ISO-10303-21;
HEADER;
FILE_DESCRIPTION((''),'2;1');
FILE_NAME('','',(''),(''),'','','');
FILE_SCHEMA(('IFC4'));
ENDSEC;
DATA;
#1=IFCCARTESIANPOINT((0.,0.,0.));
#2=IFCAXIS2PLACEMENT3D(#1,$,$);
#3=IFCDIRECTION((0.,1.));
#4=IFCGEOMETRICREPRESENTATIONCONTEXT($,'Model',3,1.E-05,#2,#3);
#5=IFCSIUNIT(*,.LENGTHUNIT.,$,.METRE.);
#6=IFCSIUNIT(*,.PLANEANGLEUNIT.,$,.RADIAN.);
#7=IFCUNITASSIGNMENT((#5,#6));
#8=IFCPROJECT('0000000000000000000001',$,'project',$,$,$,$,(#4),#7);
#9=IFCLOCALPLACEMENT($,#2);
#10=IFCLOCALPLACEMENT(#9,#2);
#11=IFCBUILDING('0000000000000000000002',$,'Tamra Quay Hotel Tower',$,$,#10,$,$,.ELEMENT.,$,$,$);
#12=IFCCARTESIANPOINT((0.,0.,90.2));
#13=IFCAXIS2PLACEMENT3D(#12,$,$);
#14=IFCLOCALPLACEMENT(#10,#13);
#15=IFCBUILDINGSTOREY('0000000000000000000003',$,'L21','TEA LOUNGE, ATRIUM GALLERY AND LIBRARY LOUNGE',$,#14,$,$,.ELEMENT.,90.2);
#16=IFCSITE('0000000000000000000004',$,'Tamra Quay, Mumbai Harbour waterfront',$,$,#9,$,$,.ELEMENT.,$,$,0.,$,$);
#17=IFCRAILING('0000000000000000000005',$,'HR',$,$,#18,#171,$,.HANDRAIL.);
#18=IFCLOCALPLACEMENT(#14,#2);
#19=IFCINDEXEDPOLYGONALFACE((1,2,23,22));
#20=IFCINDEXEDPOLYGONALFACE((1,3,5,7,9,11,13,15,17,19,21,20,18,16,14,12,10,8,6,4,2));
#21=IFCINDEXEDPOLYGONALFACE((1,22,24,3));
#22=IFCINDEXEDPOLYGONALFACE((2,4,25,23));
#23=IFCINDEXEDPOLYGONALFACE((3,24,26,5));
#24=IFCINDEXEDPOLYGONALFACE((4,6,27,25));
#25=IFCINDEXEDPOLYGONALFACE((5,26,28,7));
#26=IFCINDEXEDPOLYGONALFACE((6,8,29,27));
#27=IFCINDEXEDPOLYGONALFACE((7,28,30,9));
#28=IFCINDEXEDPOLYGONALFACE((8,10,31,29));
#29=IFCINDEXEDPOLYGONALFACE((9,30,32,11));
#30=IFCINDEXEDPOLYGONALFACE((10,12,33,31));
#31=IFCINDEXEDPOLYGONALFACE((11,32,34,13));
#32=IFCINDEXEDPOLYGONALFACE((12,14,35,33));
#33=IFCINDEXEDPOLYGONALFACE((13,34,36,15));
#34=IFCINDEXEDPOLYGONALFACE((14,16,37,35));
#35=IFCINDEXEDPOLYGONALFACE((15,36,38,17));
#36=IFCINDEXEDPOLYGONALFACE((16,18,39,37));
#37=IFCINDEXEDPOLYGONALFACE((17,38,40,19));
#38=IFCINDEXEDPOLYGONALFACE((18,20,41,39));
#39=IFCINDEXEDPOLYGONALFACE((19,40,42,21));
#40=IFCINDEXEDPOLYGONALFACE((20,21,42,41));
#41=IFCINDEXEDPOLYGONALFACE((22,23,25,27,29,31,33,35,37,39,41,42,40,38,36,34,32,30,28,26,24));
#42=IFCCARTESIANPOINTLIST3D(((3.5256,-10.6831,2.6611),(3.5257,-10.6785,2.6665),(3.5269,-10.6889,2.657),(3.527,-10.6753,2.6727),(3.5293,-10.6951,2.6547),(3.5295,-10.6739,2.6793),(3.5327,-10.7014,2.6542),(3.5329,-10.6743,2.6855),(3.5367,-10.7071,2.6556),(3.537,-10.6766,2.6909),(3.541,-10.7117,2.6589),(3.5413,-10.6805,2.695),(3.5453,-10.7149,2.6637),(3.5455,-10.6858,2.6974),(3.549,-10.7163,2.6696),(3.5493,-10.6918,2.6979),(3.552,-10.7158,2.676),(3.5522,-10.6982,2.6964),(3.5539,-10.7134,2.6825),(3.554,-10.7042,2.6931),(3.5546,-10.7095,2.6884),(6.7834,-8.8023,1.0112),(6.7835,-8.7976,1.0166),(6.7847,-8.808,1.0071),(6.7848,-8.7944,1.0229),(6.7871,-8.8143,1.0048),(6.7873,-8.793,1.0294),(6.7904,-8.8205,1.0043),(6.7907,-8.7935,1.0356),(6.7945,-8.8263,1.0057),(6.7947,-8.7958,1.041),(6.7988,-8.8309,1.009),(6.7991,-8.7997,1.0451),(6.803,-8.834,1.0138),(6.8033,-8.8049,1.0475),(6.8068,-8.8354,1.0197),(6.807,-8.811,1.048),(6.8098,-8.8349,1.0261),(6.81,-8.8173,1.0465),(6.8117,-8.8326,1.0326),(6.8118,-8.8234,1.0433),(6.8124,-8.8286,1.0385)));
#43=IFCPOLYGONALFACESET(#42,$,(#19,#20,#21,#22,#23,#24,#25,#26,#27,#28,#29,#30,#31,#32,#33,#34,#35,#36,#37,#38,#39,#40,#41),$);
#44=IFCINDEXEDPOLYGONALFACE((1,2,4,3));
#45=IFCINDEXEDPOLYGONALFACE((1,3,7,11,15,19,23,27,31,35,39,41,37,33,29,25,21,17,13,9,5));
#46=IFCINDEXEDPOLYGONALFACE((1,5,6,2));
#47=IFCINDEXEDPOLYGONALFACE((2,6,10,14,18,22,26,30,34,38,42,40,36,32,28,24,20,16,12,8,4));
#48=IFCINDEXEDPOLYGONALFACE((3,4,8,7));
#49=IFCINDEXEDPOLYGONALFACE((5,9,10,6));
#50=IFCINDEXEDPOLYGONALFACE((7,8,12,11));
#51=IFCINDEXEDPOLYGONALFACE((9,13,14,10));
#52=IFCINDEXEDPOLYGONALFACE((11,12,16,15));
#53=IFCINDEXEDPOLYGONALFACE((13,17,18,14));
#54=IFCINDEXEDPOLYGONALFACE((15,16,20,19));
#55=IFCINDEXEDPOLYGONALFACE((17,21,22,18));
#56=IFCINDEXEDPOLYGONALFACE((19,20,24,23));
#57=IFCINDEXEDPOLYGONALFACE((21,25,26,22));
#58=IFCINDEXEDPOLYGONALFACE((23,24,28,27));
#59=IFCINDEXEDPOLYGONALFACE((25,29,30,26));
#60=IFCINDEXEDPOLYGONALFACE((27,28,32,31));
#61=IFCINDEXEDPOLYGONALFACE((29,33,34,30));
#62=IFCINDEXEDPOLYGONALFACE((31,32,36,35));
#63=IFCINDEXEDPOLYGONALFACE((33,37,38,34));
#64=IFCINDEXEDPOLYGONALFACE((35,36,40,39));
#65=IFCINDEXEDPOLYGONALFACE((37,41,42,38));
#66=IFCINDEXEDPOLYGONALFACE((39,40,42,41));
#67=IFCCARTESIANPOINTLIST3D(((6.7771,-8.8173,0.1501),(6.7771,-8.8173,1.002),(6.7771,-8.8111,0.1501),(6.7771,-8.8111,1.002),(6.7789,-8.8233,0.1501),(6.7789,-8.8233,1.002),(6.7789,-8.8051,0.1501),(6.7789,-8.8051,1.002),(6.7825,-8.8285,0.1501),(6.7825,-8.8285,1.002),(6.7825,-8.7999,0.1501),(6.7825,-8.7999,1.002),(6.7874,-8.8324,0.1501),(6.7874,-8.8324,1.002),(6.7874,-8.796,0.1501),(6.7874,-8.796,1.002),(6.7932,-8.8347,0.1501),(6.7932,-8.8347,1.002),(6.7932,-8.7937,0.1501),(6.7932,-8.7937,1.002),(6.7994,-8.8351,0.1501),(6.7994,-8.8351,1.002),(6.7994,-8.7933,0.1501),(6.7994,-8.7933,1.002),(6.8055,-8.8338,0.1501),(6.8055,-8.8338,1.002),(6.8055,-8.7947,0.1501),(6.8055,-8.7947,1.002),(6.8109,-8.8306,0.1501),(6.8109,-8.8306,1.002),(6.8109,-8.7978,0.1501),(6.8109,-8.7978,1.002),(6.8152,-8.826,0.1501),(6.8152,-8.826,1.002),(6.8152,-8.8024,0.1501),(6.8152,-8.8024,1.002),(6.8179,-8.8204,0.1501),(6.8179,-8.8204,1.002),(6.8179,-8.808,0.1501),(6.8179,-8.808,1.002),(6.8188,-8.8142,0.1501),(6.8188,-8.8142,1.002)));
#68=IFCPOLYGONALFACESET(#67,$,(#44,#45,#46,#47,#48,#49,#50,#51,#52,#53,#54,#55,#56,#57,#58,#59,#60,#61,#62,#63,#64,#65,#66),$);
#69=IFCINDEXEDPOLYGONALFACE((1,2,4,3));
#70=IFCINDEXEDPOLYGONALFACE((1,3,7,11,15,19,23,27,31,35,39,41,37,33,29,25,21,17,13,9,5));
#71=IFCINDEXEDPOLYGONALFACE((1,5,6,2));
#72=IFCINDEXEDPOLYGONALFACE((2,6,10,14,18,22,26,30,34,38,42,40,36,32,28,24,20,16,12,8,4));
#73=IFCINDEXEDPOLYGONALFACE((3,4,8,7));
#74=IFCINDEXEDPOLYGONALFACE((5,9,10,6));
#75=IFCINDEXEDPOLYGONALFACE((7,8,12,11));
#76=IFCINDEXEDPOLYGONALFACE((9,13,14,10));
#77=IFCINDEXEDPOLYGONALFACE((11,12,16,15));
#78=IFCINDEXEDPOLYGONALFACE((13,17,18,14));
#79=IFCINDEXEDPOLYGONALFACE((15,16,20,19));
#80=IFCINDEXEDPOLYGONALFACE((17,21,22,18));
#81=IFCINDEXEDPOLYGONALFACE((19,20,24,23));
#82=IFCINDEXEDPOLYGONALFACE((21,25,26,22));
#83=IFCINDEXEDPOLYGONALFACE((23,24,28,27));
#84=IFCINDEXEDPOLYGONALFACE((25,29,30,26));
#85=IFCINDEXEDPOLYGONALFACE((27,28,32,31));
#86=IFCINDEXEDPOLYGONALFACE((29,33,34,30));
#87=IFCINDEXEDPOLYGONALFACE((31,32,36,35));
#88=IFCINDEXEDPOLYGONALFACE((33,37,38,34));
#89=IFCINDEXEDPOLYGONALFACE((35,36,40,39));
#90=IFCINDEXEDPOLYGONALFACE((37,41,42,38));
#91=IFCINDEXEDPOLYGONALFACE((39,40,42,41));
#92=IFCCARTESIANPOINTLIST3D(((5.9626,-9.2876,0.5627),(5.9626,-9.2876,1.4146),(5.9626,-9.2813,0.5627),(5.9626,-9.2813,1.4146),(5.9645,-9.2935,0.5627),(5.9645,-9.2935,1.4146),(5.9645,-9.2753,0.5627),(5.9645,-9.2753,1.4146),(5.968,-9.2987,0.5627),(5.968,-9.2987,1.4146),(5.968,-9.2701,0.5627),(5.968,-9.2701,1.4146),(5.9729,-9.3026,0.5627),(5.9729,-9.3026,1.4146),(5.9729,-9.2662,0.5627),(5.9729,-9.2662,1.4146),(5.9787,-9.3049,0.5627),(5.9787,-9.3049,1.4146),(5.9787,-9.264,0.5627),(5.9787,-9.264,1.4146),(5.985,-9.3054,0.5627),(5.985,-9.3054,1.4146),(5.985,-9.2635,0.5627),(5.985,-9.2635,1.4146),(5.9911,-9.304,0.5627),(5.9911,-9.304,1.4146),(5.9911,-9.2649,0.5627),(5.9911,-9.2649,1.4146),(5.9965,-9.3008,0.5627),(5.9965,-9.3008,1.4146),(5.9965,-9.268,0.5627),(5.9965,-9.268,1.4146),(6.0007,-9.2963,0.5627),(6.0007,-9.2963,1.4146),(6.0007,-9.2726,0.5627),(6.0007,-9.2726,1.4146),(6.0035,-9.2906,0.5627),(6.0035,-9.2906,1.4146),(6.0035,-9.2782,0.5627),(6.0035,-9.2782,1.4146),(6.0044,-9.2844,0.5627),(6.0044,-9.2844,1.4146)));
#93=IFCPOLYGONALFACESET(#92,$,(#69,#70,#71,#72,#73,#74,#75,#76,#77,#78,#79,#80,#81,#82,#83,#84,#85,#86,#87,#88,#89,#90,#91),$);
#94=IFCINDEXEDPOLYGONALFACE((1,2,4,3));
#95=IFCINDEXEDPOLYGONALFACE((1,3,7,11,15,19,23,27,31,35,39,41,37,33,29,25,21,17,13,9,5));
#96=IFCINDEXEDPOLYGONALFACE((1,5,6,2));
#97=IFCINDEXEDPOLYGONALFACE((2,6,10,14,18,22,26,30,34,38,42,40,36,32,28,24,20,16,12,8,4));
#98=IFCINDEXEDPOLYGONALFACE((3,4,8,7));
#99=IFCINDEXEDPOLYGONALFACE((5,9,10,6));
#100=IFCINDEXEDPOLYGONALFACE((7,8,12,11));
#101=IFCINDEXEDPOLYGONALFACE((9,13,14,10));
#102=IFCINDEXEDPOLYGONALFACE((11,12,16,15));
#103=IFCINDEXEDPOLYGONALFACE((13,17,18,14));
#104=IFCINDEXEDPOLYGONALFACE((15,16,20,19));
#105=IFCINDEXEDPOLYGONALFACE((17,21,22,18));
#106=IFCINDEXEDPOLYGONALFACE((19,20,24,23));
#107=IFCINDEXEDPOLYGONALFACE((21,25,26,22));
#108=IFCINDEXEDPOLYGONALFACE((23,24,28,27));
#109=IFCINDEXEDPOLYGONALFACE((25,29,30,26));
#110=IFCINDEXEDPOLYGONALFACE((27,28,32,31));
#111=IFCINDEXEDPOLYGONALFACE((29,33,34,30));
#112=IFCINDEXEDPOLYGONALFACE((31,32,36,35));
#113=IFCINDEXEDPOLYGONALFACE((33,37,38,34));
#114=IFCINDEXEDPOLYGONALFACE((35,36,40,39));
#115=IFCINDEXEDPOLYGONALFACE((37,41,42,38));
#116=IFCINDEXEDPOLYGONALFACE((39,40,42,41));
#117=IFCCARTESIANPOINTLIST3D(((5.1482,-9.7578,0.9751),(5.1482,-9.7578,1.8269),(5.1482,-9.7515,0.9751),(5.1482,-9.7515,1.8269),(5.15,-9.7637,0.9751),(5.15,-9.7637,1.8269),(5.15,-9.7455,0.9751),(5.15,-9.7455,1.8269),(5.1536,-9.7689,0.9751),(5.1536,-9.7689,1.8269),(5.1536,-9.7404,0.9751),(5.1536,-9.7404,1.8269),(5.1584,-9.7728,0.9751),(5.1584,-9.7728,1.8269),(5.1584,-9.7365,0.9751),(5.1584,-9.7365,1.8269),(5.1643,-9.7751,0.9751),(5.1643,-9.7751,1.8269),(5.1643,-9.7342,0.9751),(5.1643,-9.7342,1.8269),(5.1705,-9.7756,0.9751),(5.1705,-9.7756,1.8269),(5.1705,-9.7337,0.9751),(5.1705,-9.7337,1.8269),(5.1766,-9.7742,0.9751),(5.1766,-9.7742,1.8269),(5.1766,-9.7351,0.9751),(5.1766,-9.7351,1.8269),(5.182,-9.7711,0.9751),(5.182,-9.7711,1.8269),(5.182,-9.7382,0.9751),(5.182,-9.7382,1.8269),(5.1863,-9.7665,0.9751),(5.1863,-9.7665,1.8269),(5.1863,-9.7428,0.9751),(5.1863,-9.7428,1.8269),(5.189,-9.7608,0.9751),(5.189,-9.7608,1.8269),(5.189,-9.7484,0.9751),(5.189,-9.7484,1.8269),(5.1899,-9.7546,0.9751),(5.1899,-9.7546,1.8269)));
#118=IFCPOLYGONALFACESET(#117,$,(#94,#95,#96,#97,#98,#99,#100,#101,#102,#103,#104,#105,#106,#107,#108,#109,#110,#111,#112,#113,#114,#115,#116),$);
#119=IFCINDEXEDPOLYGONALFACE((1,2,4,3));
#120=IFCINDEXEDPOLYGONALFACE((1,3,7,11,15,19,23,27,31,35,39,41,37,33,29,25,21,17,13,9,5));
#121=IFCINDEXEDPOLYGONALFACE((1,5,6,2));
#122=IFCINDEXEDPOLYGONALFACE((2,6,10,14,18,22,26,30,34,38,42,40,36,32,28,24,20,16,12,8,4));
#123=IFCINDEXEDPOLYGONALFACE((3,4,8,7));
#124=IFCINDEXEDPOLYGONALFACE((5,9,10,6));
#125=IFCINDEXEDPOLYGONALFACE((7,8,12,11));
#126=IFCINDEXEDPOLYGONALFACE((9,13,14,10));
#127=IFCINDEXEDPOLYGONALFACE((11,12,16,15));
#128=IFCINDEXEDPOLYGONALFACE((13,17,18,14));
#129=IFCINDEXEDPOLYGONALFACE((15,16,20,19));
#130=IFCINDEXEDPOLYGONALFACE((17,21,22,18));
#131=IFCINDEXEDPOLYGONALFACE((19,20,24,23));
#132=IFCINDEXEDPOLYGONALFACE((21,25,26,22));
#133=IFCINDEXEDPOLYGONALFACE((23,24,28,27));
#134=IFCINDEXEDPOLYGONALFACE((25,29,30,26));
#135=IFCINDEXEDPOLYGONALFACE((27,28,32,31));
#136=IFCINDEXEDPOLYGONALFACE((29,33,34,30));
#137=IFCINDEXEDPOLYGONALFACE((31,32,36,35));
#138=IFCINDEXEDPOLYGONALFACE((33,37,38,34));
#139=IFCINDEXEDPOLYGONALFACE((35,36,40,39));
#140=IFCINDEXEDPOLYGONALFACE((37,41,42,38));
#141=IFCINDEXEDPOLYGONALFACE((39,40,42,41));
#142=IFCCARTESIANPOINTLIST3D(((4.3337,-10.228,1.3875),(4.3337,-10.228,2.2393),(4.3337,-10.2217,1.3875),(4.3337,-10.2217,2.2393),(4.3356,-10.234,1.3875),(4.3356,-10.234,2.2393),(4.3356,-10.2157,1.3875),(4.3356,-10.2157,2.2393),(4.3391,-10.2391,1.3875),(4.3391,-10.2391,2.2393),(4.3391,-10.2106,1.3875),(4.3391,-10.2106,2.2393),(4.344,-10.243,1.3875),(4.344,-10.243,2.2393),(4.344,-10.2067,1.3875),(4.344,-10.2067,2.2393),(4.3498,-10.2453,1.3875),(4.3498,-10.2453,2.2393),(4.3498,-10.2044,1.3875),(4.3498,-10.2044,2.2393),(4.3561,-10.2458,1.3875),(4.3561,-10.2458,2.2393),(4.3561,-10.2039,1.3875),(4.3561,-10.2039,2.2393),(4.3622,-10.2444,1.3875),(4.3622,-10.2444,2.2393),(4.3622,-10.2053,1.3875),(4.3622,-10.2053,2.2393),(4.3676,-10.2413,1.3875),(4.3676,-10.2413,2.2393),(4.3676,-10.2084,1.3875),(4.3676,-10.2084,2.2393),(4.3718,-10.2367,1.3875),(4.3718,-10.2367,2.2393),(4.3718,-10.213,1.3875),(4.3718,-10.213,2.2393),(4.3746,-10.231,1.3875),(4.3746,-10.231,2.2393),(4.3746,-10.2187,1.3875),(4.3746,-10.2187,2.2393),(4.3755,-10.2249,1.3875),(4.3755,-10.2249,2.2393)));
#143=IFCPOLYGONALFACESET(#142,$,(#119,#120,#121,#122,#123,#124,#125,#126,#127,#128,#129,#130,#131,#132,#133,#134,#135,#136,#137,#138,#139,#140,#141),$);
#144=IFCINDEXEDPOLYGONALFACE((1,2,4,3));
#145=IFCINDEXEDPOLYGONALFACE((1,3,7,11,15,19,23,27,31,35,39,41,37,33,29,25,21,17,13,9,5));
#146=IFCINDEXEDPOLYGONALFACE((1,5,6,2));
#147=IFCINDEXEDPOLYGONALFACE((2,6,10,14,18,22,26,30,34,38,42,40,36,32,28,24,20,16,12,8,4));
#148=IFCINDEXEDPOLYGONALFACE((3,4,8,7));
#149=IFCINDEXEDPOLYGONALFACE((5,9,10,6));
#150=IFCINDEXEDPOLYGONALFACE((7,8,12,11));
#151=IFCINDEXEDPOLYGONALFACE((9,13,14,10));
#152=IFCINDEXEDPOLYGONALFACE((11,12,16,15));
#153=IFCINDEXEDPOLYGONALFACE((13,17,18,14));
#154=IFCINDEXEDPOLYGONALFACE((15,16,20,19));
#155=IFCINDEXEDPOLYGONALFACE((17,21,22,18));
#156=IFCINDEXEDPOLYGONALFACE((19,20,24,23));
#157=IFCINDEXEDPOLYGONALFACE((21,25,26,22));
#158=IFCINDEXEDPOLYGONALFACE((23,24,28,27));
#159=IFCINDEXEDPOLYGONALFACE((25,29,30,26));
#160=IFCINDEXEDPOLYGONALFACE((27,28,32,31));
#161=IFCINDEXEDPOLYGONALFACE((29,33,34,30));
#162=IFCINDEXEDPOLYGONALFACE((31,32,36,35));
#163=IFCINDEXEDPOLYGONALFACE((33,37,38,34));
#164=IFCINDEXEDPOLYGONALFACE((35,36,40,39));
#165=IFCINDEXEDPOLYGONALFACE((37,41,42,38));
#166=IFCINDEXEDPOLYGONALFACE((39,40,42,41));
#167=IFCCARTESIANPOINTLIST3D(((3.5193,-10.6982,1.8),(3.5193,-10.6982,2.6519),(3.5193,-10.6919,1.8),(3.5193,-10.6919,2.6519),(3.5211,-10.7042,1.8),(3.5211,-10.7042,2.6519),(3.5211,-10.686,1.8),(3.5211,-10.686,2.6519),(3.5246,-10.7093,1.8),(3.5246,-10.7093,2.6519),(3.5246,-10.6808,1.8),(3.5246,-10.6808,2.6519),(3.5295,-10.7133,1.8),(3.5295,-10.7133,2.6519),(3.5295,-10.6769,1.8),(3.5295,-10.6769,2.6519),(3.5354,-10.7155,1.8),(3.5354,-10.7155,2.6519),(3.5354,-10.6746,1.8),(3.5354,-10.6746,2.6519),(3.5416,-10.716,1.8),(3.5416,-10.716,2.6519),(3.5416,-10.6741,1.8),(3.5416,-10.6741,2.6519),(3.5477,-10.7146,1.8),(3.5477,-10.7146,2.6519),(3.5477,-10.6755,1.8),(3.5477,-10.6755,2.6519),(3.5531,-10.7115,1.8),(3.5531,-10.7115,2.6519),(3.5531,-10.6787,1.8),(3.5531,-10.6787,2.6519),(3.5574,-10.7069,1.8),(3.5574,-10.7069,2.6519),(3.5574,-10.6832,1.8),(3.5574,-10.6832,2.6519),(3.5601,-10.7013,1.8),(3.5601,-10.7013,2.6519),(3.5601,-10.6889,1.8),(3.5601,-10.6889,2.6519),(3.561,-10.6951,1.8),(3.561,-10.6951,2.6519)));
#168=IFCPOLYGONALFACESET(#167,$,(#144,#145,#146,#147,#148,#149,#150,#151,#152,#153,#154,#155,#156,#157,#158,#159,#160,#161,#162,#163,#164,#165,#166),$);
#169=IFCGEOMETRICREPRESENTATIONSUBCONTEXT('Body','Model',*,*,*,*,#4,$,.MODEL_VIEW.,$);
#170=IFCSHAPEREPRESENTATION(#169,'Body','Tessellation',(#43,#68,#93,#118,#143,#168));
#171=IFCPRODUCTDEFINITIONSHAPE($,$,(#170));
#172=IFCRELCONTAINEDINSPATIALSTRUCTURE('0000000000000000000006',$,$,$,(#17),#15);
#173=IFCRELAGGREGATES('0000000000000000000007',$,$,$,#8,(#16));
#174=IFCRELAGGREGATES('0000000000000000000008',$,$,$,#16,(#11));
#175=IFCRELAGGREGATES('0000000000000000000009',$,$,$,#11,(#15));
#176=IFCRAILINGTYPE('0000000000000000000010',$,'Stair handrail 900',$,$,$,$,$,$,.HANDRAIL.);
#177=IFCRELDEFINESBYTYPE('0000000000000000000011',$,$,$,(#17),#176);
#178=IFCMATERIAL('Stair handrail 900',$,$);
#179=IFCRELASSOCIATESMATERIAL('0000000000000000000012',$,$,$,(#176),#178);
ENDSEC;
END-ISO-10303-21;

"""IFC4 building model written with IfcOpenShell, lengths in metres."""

from ifc_helpers import new_model, si_unit, direction, frame, origin, origin_2d, place, context, subcontext, project, spatial, circle, extrude, material, type_object, element, save


model = new_model("IFC4")

# Units and contexts
model_context = context("Model", 3, precision=1e-05, world=origin(), true_north=direction((0.0, 1.0)))
body_context = subcontext(model_context, "Body", "Model", "MODEL_VIEW")
ifc_project = project(units=[si_unit("LENGTHUNIT", "METRE"), si_unit("PLANEANGLEUNIT", "RADIAN")], contexts=[model_context])

# Site, building, storey
site_placement = place(None, origin())
site = spatial("IfcSite", under=ifc_project, at=site_placement, Name="Tamra Quay, Mumbai Harbour waterfront", CompositionType="ELEMENT", RefElevation=0.0)
building_placement = place(site_placement, origin())
building = spatial("IfcBuilding", under=site, at=building_placement, Name="Tamra Quay Hotel Tower", CompositionType="ELEMENT")
storey_placement = place(building_placement, frame((0.0, 0.0, 90.2)))
storey = spatial("IfcBuildingStorey", under=building, at=storey_placement, Name="L21", Description="TEA LOUNGE, ATRIUM GALLERY AND LIBRARY LOUNGE", CompositionType="ELEMENT", Elevation=90.2)

# Railing
ifc_material_1 = material(Name="Stair handrail 900")
railing_type_1 = type_object("IfcRailingType", Name="Stair handrail 900", PredefinedType="HANDRAIL", material=ifc_material_1)
railing_1_placement = place(storey_placement, frame((6.7979, -8.8142, 0.1501)))
element("IfcRailing", 1, at=railing_1_placement, inside=storey, type_object=railing_type_1, Name="HR", PredefinedType="HANDRAIL", context=body_context, shape_type="SweptSolid", body=[
    extrude(circle(Radius=0.0239, at=origin_2d()), frame((0.0, 0.0, 0.876), z_axis=(-0.7931, -0.457887, 0.401661), x_axis=(0.499992, -0.86603, 0.0)), (0.0, 0.0, 1.0), 4.1077),
    extrude(circle(Radius=0.021, at=origin_2d()), origin(), (0.0, 0.0, 1.0), 0.8518),
    extrude(circle(Radius=0.021, at=origin_2d()), frame((-0.8145, -0.4702, 0.4126)), (0.0, 0.0, 1.0), 0.8518),
    extrude(circle(Radius=0.021, at=origin_2d()), frame((-1.6289, -0.9404, 0.825)), (0.0, 0.0, 1.0), 0.8518),
    extrude(circle(Radius=0.021, at=origin_2d()), frame((-2.4434, -1.4106, 1.2373)), (0.0, 0.0, 1.0), 0.8518),
    extrude(circle(Radius=0.021, at=origin_2d()), frame((-3.2578, -1.8809, 1.6499)), (0.0, 0.0, 1.0), 0.8518),
])

save(model, "model.ifc")
